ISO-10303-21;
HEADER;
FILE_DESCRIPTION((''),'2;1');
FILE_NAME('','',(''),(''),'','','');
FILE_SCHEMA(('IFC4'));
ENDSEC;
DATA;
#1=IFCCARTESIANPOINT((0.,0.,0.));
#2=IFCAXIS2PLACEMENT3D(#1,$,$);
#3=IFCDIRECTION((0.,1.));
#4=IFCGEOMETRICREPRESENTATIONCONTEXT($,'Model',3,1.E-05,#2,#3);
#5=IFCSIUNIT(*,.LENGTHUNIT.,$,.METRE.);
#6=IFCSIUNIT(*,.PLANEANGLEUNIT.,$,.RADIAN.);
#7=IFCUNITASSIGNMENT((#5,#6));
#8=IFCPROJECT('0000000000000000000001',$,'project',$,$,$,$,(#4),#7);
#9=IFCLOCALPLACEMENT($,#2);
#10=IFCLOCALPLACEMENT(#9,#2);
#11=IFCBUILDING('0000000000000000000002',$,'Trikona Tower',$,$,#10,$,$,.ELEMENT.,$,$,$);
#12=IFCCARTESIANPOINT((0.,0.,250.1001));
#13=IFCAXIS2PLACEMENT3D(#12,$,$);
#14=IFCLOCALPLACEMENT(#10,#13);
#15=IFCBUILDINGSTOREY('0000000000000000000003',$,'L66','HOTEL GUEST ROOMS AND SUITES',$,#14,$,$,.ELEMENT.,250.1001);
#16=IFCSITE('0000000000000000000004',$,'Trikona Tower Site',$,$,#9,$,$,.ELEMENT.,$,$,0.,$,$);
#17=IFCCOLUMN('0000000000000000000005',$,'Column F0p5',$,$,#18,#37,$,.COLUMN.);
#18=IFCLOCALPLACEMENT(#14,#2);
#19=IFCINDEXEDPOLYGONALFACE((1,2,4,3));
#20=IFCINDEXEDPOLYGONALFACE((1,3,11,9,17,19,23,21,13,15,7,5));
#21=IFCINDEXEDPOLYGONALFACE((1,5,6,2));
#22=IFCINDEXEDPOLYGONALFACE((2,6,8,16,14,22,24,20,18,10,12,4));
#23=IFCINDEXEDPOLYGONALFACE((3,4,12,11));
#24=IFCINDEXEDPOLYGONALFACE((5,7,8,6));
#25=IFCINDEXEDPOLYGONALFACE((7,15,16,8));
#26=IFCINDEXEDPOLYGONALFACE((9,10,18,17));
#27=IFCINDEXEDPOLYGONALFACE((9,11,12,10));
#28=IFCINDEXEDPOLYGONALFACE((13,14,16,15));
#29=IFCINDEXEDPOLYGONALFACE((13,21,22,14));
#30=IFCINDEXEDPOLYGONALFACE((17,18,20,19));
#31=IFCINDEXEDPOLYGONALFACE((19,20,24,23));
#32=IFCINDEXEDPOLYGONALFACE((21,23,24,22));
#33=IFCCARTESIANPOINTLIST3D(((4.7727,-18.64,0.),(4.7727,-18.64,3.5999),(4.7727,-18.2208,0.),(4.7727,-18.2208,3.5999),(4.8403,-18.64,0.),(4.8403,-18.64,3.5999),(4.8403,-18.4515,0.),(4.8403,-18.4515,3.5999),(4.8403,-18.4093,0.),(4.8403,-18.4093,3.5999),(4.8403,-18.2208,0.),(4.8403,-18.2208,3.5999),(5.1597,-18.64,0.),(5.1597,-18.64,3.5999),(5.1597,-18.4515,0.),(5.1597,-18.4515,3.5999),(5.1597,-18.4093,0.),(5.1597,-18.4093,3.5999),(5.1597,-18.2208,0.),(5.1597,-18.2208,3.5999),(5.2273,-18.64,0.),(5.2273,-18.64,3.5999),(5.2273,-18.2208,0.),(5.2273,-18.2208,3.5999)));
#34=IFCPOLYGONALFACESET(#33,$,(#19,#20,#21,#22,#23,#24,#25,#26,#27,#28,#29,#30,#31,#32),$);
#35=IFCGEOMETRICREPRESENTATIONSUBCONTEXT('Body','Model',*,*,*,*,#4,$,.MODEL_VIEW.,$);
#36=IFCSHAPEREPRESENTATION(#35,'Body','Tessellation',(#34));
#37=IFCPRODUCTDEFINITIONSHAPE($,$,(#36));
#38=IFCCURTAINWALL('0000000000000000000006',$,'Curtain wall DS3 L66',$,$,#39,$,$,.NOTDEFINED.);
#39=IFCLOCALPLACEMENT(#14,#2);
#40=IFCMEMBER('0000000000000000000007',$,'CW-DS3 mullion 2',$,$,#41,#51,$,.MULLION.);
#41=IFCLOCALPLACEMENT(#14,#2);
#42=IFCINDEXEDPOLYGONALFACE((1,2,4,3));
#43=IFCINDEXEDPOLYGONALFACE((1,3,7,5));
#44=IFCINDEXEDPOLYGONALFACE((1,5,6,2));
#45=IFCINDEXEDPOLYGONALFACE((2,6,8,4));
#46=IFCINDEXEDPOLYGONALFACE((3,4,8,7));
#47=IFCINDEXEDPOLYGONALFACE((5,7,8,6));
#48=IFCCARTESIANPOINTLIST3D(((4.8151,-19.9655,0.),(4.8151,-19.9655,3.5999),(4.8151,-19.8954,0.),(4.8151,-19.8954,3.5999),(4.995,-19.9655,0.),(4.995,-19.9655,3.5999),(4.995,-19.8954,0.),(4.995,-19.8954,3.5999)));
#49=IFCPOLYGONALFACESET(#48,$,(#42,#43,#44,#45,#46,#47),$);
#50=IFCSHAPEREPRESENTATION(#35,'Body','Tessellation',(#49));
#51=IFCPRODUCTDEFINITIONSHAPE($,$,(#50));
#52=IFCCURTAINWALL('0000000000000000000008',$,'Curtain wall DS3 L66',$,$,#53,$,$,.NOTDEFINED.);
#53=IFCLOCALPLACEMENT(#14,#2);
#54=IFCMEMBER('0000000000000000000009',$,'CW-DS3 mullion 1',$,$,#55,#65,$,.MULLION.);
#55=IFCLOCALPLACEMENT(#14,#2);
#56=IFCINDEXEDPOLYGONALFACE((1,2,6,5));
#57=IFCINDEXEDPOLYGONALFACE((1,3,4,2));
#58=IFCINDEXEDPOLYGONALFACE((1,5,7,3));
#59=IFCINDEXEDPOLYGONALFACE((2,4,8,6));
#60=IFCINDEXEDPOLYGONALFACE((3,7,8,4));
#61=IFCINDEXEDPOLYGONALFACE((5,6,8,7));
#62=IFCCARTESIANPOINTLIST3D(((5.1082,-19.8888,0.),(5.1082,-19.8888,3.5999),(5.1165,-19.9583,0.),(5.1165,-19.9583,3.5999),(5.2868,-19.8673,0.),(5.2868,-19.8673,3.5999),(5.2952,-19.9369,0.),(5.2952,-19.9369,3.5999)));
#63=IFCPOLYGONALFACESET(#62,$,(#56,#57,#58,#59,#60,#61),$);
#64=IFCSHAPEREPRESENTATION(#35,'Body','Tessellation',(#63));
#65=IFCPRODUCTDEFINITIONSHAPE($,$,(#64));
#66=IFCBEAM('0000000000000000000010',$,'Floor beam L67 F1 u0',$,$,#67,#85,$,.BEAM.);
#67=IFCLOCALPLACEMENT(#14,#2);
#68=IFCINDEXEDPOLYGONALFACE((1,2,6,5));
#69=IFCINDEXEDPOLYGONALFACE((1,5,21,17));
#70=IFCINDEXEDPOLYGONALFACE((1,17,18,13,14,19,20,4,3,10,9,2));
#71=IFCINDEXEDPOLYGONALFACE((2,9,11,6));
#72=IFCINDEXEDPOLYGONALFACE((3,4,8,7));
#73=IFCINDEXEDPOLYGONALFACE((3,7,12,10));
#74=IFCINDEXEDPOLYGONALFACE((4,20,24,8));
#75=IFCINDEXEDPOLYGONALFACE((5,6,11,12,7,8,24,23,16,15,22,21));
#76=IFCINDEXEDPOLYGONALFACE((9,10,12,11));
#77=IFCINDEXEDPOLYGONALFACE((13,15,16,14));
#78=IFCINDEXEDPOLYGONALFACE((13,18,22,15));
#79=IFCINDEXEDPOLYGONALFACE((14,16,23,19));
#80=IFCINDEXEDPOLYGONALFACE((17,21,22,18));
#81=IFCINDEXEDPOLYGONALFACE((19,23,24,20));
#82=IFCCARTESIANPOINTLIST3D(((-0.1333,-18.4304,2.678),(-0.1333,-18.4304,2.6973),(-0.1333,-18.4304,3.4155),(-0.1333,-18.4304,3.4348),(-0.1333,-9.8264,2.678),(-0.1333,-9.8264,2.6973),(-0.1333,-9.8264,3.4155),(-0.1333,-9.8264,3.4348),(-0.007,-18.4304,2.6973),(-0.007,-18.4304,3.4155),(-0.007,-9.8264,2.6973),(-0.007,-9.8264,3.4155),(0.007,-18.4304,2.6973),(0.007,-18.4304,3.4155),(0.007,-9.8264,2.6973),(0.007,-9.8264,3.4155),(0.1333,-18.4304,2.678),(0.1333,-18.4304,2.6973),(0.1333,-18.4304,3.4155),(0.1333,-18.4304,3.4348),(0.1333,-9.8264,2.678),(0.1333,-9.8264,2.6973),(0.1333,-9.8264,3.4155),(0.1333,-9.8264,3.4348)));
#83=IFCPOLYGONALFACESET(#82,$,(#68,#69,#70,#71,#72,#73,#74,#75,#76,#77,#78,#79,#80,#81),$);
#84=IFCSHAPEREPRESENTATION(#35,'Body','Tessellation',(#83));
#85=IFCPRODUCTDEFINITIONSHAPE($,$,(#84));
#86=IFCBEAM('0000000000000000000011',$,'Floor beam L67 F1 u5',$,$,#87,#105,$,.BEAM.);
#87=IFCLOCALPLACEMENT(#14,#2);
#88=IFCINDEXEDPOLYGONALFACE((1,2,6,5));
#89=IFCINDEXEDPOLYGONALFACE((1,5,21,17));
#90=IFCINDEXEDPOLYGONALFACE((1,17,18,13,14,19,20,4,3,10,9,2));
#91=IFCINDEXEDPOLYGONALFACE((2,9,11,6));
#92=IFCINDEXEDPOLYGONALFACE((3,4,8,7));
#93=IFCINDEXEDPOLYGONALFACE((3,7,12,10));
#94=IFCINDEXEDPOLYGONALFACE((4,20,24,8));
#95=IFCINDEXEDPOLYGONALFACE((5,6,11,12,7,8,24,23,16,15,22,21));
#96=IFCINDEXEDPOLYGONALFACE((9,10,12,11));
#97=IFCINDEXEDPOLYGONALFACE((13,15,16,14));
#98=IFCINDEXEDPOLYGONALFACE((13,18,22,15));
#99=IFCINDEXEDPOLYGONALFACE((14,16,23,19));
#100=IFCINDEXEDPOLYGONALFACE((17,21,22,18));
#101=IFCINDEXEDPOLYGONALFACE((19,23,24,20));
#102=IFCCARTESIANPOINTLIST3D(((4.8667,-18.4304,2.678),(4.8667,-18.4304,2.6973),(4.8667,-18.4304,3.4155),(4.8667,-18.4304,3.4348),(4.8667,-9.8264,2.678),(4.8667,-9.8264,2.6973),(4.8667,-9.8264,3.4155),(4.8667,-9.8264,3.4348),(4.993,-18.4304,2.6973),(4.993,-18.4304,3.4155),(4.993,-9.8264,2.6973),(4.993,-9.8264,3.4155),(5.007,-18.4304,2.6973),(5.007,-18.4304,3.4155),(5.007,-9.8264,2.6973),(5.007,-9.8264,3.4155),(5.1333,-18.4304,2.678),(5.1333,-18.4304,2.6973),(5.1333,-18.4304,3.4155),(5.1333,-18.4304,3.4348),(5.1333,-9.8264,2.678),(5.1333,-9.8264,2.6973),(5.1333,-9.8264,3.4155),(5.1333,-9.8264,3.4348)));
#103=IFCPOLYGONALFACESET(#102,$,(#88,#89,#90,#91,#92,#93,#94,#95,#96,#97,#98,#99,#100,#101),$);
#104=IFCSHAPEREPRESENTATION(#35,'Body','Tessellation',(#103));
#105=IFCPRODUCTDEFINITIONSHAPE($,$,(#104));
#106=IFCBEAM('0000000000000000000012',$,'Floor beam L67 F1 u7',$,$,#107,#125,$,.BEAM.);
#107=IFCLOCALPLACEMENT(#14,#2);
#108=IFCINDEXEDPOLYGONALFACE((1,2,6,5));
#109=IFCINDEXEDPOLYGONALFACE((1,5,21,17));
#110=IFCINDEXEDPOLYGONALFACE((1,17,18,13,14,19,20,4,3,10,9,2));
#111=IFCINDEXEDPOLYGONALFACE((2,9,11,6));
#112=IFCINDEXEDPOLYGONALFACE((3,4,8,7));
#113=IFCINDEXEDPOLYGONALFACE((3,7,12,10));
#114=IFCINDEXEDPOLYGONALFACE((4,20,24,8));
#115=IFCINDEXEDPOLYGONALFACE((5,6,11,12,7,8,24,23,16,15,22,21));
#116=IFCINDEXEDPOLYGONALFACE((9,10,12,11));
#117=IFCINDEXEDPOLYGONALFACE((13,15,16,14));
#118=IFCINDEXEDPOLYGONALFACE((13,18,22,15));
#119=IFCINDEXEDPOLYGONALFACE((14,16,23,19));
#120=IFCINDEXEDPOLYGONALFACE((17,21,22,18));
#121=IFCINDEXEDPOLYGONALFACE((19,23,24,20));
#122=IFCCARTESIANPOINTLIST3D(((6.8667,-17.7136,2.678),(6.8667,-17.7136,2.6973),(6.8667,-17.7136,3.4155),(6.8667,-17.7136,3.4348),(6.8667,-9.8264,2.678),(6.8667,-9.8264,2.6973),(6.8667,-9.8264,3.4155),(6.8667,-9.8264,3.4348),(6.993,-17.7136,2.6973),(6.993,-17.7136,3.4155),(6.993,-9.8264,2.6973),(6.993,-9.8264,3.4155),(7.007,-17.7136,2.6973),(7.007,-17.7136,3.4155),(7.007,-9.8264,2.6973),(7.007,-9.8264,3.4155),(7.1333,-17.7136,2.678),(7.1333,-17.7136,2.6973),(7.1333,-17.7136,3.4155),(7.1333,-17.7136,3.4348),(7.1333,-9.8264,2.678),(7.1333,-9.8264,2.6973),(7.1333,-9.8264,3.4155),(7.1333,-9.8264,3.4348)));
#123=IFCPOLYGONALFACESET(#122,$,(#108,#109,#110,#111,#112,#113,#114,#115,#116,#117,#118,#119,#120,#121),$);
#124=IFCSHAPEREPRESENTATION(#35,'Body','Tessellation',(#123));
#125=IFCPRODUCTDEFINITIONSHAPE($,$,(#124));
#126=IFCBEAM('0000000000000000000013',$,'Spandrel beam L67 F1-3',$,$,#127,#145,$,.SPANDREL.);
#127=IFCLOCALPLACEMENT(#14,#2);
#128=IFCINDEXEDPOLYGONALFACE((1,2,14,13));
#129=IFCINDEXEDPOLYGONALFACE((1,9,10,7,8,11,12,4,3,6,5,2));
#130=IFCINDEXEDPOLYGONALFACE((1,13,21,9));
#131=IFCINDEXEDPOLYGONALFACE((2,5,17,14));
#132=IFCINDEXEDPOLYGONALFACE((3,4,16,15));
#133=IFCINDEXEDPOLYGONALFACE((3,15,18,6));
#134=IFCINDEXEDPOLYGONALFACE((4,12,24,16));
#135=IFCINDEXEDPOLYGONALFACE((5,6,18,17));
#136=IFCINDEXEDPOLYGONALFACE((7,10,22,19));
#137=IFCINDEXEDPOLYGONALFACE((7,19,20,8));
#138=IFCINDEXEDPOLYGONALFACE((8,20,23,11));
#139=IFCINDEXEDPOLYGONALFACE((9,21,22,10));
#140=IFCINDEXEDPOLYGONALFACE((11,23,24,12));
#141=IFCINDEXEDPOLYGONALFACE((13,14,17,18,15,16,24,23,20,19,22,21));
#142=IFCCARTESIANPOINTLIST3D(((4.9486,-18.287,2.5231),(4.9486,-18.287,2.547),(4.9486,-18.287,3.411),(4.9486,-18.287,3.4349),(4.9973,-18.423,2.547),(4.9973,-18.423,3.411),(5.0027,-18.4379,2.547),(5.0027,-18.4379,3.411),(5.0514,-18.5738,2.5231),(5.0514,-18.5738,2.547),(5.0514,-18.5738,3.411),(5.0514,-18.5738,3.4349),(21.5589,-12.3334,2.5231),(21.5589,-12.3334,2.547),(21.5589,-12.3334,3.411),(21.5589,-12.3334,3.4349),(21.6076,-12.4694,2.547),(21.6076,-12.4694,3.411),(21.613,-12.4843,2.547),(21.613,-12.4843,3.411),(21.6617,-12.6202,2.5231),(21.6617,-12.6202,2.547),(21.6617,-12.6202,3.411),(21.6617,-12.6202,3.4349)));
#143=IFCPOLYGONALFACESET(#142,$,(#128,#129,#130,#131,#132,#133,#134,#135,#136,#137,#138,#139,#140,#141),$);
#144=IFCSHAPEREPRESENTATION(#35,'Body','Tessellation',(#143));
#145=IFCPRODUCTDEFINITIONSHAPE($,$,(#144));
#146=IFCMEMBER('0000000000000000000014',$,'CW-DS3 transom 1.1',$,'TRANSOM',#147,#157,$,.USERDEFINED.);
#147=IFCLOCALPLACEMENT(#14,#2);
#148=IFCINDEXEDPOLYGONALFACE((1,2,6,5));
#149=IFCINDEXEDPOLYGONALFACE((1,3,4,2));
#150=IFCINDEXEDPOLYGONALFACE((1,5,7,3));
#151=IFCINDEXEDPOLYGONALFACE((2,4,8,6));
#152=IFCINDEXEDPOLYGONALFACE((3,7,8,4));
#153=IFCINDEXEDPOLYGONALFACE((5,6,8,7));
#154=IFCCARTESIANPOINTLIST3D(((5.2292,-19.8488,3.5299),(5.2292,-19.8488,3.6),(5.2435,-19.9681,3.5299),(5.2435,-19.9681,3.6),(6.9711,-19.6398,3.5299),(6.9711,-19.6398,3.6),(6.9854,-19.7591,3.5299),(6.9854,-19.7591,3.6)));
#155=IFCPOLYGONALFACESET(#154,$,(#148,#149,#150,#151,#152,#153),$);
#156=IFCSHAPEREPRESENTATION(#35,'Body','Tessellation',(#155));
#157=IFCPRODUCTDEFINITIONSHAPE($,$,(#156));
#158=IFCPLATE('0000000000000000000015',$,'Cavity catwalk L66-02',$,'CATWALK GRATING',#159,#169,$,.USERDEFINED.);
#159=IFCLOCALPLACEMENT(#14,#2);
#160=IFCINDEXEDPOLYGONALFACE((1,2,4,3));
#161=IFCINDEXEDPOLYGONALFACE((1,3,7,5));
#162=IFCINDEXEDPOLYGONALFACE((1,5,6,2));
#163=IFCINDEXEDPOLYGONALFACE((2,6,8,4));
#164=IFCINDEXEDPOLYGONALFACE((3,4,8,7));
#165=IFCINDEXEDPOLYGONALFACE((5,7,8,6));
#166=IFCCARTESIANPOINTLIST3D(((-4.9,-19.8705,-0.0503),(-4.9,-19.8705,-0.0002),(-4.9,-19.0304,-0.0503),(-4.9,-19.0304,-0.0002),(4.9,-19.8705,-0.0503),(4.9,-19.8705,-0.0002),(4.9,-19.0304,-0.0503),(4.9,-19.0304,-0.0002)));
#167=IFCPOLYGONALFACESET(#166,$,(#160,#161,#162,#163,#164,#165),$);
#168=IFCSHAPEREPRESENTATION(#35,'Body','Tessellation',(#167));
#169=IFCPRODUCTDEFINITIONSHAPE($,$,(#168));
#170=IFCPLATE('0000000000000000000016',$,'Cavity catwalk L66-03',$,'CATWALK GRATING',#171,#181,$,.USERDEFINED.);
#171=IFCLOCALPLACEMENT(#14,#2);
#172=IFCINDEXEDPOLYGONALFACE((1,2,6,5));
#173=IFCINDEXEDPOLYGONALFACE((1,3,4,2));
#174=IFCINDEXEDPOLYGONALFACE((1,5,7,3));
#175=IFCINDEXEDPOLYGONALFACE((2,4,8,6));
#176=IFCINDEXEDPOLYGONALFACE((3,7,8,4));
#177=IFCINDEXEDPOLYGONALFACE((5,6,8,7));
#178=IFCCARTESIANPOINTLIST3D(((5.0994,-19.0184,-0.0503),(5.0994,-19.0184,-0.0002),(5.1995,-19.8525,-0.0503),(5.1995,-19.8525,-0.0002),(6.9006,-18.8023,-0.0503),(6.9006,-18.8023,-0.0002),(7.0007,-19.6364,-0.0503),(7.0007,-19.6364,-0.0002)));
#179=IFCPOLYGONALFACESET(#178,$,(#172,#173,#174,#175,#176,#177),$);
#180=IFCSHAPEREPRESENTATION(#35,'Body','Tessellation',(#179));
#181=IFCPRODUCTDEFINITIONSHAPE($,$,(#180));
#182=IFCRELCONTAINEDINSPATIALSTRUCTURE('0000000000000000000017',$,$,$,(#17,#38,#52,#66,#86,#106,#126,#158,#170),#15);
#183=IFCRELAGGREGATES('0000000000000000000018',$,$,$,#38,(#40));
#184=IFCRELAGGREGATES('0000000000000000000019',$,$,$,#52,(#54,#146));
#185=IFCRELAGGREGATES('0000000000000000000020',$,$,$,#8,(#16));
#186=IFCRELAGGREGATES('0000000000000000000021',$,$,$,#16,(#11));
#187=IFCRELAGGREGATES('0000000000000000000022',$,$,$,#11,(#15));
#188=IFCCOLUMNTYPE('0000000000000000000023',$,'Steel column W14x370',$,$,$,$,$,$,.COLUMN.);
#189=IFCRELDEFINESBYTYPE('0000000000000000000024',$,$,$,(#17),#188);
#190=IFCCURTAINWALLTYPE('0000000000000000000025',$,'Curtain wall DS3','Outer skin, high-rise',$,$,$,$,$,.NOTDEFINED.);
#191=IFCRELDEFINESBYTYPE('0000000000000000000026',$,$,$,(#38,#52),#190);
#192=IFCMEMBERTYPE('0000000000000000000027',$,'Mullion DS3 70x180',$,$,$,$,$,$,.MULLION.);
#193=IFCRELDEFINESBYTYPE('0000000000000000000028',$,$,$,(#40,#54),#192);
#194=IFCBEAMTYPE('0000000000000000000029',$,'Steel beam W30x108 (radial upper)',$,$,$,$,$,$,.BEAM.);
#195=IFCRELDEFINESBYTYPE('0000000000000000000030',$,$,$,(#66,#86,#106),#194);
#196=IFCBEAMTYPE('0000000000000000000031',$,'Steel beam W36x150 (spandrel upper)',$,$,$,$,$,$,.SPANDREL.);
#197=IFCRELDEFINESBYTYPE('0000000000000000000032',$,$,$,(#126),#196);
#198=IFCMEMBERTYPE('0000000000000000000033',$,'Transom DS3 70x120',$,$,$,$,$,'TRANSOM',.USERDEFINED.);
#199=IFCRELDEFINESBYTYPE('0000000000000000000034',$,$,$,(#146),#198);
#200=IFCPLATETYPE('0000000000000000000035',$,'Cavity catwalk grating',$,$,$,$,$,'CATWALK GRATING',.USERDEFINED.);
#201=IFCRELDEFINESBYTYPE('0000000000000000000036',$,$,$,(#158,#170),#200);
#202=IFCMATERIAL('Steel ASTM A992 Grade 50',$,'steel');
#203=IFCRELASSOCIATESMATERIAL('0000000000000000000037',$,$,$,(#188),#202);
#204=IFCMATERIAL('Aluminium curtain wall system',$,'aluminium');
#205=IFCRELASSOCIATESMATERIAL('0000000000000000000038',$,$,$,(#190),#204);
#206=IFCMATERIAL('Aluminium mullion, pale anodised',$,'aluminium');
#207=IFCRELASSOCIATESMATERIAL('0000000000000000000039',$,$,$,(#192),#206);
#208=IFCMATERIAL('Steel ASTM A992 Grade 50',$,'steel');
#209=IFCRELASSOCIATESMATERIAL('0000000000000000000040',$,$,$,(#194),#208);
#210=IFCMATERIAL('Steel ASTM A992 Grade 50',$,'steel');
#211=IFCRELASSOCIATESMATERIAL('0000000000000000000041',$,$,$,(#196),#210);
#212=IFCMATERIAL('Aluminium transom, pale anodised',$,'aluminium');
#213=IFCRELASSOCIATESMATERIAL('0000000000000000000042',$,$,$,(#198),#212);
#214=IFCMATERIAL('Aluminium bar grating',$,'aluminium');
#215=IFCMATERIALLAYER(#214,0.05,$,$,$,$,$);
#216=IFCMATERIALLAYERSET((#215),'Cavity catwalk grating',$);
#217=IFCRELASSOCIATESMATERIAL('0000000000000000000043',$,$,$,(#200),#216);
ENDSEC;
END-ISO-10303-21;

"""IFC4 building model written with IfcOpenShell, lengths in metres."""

from ifc_helpers import new_model, si_unit, direction, frame, origin, origin_2d, place, context, subcontext, project, spatial, rectangle, i_section, extrude, material, layer, layer_set, material_profile, profile_set, type_object, element, aggregate, save


model = new_model("IFC4")

# Units and contexts
model_context = context("Model", 3, precision=1e-05, world=origin(), true_north=direction((0.0, 1.0)))
body_context = subcontext(model_context, "Body", "Model", "MODEL_VIEW")
ifc_project = project(units=[si_unit("LENGTHUNIT", "METRE"), si_unit("PLANEANGLEUNIT", "RADIAN")], contexts=[model_context])

# Site, building, storey
site_placement = place(None, origin())
site = spatial("IfcSite", under=ifc_project, at=site_placement, Name="Trikona Tower Site", CompositionType="ELEMENT", RefElevation=0.0)
building_placement = place(site_placement, origin())
building = spatial("IfcBuilding", under=site, at=building_placement, Name="Trikona Tower", CompositionType="ELEMENT")
storey_placement = place(building_placement, frame((0.0, 0.0, 250.1001)))
storey = spatial("IfcBuildingStorey", under=building, at=storey_placement, Name="L66", Description="HOTEL GUEST ROOMS AND SUITES", CompositionType="ELEMENT", Elevation=250.1001)

# Column
ifc_material_1 = material(Name="Steel ASTM A992 Grade 50", Category="steel")
ifc_material_profile_1 = material_profile(ifc_material_1, i_section(OverallWidth=0.4192, OverallDepth=0.4546, WebThickness=0.0422, FlangeThickness=0.0676, at=origin_2d()), Name="W14X370")
ifc_profile_set_1 = profile_set([ifc_material_profile_1], Name="Steel ASTM A992 Grade 50")
column_type = type_object("IfcColumnType", Name="Steel column W14x370", PredefinedType="COLUMN", material=ifc_profile_set_1)
column_placement = place(storey_placement, frame((5.0, -18.4304, 0.0), z_axis=(0.0, 0.0, 1.0), x_axis=(0.0, -1.0, 0.0)))
element("IfcColumn", 1, at=column_placement, inside=storey, type_object=column_type, Name="Column F0p5", PredefinedType="COLUMN", context=body_context, shape_type="SweptSolid", body=[
    extrude(i_section(OverallWidth=0.4192, OverallDepth=0.4546, WebThickness=0.0422, FlangeThickness=0.0676, at=origin_2d()), origin(), (0.0, 0.0, 1.0), 3.5999),
])

# Curtain walls, members
ifc_material_2 = material(Name="Aluminium curtain wall system", Category="aluminium")
curtain_wall_type = type_object("IfcCurtainWallType", Name="Curtain wall DS3", Description="Outer skin, high-rise", PredefinedType="NOTDEFINED", material=ifc_material_2)
curtain_wall_1_placement = place(storey_placement, origin())
curtain_wall_1 = element("IfcCurtainWall", 2, at=curtain_wall_1_placement, inside=storey, type_object=curtain_wall_type, Name="Curtain wall DS3 L66", PredefinedType="NOTDEFINED")
ifc_material_3 = material(Name="Aluminium mullion, pale anodised", Category="aluminium")
ifc_material_profile_2 = material_profile(ifc_material_3, rectangle(XDim=0.0701, YDim=0.1799, at=origin_2d()), Name="MUL-DS3")
ifc_profile_set_2 = profile_set([ifc_material_profile_2], Name="Aluminium mullion, pale anodised")
member_type_1 = type_object("IfcMemberType", Name="Mullion DS3 70x180", PredefinedType="MULLION", material=ifc_profile_set_2)
member_1_placement = place(storey_placement, frame((4.905, -19.9304, 0.0), z_axis=(0.0, 0.0, 1.0), x_axis=(0.0, 1.0, 0.0)))
member_1 = element("IfcMember", 3, at=member_1_placement, type_object=member_type_1, Name="CW-DS3 mullion 2", PredefinedType="MULLION", context=body_context, shape_type="SweptSolid", body=[
    extrude(rectangle(XDim=0.0701, YDim=0.1799, at=origin_2d()), origin(), (0.0, 0.0, 1.0), 3.5999),
])
curtain_wall_2_placement = place(storey_placement, origin())
curtain_wall_2 = element("IfcCurtainWall", 4, at=curtain_wall_2_placement, inside=storey, type_object=curtain_wall_type, Name="Curtain wall DS3 L66", PredefinedType="NOTDEFINED")
member_2_placement = place(storey_placement, frame((5.2017, -19.9128, 0.0), z_axis=(0.0, 0.0, 1.0), x_axis=(-0.119141, 0.992877, 0.0)))
member_2 = element("IfcMember", 5, at=member_2_placement, type_object=member_type_1, Name="CW-DS3 mullion 1", PredefinedType="MULLION", context=body_context, shape_type="SweptSolid", body=[
    extrude(rectangle(XDim=0.0701, YDim=0.1799, at=origin_2d()), origin(), (0.0, 0.0, 1.0), 3.5999),
])

# Beams
ifc_material_4 = material(Name="Steel ASTM A992 Grade 50", Category="steel")
ifc_material_profile_3 = material_profile(ifc_material_4, i_section(OverallWidth=0.2666, OverallDepth=0.7568, WebThickness=0.0139, FlangeThickness=0.0193, at=origin_2d()), Name="W30X108")
ifc_profile_set_3 = profile_set([ifc_material_profile_3], Name="Steel ASTM A992 Grade 50")
beam_type_1 = type_object("IfcBeamType", Name="Steel beam W30x108 (radial upper)", PredefinedType="BEAM", material=ifc_profile_set_3)
for number, where, z_axis, x_axis, name in (
    (6, (0.0, -9.8264, 3.0564), (0.0, -1.0, 0.0), (1.0, 0.0, 0.0), "Floor beam L67 F1 u0"),
    (7, (5.0, -9.8264, 3.0564), (0.0, -1.0, 0.0), (1.0, 0.0, 0.0), "Floor beam L67 F1 u5"),
):
    element("IfcBeam", number, at=place(storey_placement, frame(where, z_axis=z_axis, x_axis=x_axis)), inside=storey, type_object=beam_type_1, Name=name, PredefinedType="BEAM", context=body_context, shape_type="SweptSolid", body=[
        extrude(i_section(OverallWidth=0.2666, OverallDepth=0.7568, WebThickness=0.0139, FlangeThickness=0.0193, at=origin_2d()), origin(), (0.0, 0.0, 1.0), 8.604),
    ])
beam_1_placement = place(storey_placement, frame((7.0, -9.8264, 3.0564), z_axis=(0.0, -1.0, 0.0), x_axis=(1.0, 0.0, 0.0)))
element("IfcBeam", 8, at=beam_1_placement, inside=storey, type_object=beam_type_1, Name="Floor beam L67 F1 u7", PredefinedType="BEAM", context=body_context, shape_type="SweptSolid", body=[
    extrude(i_section(OverallWidth=0.2666, OverallDepth=0.7568, WebThickness=0.0139, FlangeThickness=0.0193, at=origin_2d()), origin(), (0.0, 0.0, 1.0), 7.8872),
])
ifc_material_5 = material(Name="Steel ASTM A992 Grade 50", Category="steel")
ifc_material_profile_4 = material_profile(ifc_material_5, i_section(OverallWidth=0.3047, OverallDepth=0.9119, WebThickness=0.0159, FlangeThickness=0.0239, at=origin_2d()), Name="W36X150")
ifc_profile_set_4 = profile_set([ifc_material_profile_4], Name="Steel ASTM A992 Grade 50")
beam_type_2 = type_object("IfcBeamType", Name="Steel beam W36x150 (spandrel upper)", PredefinedType="SPANDREL", material=ifc_profile_set_4)
beam_2_placement = place(storey_placement, frame((5.0, -18.4304, 2.979), z_axis=(0.941358, 0.337409, 0.0), x_axis=(-0.337409, 0.941358, 0.0)))
element("IfcBeam", 9, at=beam_2_placement, inside=storey, type_object=beam_type_2, Name="Spandrel beam L67 F1-3", PredefinedType="SPANDREL", context=body_context, shape_type="SweptSolid", body=[
    extrude(i_section(OverallWidth=0.3047, OverallDepth=0.9119, WebThickness=0.0159, FlangeThickness=0.0239, at=origin_2d()), origin(), (0.0, 0.0, 1.0), 17.645),
])

# Member
ifc_material_6 = material(Name="Aluminium transom, pale anodised", Category="aluminium")
ifc_material_profile_5 = material_profile(ifc_material_6, rectangle(XDim=0.1201, YDim=0.0701, at=origin_2d()), Name="TRN-DS3")
ifc_profile_set_5 = profile_set([ifc_material_profile_5], Name="Aluminium transom, pale anodised")
member_type_2 = type_object("IfcMemberType", Name="Transom DS3 70x120", ElementType="TRANSOM", PredefinedType="USERDEFINED", material=ifc_profile_set_5)
member_3_placement = place(storey_placement, frame((5.2363, -19.9084, 3.5649), z_axis=(0.99288, 0.119118, 0.0), x_axis=(-0.119118, 0.99288, 0.0)))
member_3 = element("IfcMember", 10, at=member_3_placement, type_object=member_type_2, Name="CW-DS3 transom 1.1", ObjectType="TRANSOM", PredefinedType="USERDEFINED", context=body_context, shape_type="SweptSolid", body=[
    extrude(rectangle(XDim=0.1201, YDim=0.0701, at=origin_2d()), origin(), (0.0, 0.0, 1.0), 1.7544),
])

# Plates
ifc_material_7 = material(Name="Aluminium bar grating", Category="aluminium")
ifc_layer_1 = layer(ifc_material_7, 0.05)
ifc_layer_set_1 = layer_set([ifc_layer_1], Name="Cavity catwalk grating")
plate_type_1 = type_object("IfcPlateType", Name="Cavity catwalk grating", ElementType="CATWALK GRATING", PredefinedType="USERDEFINED", material=ifc_layer_set_1)
plate_1_placement = place(storey_placement, frame((0.0, -19.4504, -0.0503), z_axis=(0.0, 0.0, 1.0), x_axis=(1.0, 0.0, 0.0)))
element("IfcPlate", 11, at=plate_1_placement, inside=storey, type_object=plate_type_1, Name="Cavity catwalk L66-02", ObjectType="CATWALK GRATING", PredefinedType="USERDEFINED", context=body_context, shape_type="SweptSolid", body=[
    extrude(rectangle(XDim=9.8, YDim=0.8401, at=origin_2d()), origin(), (0.0, 0.0, 1.0), 0.05),
])
plate_2_placement = place(storey_placement, frame((6.05, -19.3274, -0.0503), z_axis=(0.0, 0.0, 1.0), x_axis=(0.992877, 0.119146, 0.0)))
element("IfcPlate", 12, at=plate_2_placement, inside=storey, type_object=plate_type_1, Name="Cavity catwalk L66-03", ObjectType="CATWALK GRATING", PredefinedType="USERDEFINED", context=body_context, shape_type="SweptSolid", body=[
    extrude(rectangle(XDim=1.8142, YDim=0.8401, at=origin_2d()), origin(), (0.0, 0.0, 1.0), 0.05),
])

aggregate(curtain_wall_1, [member_1])
aggregate(curtain_wall_2, [member_2, member_3])

save(model, "model.ifc")
